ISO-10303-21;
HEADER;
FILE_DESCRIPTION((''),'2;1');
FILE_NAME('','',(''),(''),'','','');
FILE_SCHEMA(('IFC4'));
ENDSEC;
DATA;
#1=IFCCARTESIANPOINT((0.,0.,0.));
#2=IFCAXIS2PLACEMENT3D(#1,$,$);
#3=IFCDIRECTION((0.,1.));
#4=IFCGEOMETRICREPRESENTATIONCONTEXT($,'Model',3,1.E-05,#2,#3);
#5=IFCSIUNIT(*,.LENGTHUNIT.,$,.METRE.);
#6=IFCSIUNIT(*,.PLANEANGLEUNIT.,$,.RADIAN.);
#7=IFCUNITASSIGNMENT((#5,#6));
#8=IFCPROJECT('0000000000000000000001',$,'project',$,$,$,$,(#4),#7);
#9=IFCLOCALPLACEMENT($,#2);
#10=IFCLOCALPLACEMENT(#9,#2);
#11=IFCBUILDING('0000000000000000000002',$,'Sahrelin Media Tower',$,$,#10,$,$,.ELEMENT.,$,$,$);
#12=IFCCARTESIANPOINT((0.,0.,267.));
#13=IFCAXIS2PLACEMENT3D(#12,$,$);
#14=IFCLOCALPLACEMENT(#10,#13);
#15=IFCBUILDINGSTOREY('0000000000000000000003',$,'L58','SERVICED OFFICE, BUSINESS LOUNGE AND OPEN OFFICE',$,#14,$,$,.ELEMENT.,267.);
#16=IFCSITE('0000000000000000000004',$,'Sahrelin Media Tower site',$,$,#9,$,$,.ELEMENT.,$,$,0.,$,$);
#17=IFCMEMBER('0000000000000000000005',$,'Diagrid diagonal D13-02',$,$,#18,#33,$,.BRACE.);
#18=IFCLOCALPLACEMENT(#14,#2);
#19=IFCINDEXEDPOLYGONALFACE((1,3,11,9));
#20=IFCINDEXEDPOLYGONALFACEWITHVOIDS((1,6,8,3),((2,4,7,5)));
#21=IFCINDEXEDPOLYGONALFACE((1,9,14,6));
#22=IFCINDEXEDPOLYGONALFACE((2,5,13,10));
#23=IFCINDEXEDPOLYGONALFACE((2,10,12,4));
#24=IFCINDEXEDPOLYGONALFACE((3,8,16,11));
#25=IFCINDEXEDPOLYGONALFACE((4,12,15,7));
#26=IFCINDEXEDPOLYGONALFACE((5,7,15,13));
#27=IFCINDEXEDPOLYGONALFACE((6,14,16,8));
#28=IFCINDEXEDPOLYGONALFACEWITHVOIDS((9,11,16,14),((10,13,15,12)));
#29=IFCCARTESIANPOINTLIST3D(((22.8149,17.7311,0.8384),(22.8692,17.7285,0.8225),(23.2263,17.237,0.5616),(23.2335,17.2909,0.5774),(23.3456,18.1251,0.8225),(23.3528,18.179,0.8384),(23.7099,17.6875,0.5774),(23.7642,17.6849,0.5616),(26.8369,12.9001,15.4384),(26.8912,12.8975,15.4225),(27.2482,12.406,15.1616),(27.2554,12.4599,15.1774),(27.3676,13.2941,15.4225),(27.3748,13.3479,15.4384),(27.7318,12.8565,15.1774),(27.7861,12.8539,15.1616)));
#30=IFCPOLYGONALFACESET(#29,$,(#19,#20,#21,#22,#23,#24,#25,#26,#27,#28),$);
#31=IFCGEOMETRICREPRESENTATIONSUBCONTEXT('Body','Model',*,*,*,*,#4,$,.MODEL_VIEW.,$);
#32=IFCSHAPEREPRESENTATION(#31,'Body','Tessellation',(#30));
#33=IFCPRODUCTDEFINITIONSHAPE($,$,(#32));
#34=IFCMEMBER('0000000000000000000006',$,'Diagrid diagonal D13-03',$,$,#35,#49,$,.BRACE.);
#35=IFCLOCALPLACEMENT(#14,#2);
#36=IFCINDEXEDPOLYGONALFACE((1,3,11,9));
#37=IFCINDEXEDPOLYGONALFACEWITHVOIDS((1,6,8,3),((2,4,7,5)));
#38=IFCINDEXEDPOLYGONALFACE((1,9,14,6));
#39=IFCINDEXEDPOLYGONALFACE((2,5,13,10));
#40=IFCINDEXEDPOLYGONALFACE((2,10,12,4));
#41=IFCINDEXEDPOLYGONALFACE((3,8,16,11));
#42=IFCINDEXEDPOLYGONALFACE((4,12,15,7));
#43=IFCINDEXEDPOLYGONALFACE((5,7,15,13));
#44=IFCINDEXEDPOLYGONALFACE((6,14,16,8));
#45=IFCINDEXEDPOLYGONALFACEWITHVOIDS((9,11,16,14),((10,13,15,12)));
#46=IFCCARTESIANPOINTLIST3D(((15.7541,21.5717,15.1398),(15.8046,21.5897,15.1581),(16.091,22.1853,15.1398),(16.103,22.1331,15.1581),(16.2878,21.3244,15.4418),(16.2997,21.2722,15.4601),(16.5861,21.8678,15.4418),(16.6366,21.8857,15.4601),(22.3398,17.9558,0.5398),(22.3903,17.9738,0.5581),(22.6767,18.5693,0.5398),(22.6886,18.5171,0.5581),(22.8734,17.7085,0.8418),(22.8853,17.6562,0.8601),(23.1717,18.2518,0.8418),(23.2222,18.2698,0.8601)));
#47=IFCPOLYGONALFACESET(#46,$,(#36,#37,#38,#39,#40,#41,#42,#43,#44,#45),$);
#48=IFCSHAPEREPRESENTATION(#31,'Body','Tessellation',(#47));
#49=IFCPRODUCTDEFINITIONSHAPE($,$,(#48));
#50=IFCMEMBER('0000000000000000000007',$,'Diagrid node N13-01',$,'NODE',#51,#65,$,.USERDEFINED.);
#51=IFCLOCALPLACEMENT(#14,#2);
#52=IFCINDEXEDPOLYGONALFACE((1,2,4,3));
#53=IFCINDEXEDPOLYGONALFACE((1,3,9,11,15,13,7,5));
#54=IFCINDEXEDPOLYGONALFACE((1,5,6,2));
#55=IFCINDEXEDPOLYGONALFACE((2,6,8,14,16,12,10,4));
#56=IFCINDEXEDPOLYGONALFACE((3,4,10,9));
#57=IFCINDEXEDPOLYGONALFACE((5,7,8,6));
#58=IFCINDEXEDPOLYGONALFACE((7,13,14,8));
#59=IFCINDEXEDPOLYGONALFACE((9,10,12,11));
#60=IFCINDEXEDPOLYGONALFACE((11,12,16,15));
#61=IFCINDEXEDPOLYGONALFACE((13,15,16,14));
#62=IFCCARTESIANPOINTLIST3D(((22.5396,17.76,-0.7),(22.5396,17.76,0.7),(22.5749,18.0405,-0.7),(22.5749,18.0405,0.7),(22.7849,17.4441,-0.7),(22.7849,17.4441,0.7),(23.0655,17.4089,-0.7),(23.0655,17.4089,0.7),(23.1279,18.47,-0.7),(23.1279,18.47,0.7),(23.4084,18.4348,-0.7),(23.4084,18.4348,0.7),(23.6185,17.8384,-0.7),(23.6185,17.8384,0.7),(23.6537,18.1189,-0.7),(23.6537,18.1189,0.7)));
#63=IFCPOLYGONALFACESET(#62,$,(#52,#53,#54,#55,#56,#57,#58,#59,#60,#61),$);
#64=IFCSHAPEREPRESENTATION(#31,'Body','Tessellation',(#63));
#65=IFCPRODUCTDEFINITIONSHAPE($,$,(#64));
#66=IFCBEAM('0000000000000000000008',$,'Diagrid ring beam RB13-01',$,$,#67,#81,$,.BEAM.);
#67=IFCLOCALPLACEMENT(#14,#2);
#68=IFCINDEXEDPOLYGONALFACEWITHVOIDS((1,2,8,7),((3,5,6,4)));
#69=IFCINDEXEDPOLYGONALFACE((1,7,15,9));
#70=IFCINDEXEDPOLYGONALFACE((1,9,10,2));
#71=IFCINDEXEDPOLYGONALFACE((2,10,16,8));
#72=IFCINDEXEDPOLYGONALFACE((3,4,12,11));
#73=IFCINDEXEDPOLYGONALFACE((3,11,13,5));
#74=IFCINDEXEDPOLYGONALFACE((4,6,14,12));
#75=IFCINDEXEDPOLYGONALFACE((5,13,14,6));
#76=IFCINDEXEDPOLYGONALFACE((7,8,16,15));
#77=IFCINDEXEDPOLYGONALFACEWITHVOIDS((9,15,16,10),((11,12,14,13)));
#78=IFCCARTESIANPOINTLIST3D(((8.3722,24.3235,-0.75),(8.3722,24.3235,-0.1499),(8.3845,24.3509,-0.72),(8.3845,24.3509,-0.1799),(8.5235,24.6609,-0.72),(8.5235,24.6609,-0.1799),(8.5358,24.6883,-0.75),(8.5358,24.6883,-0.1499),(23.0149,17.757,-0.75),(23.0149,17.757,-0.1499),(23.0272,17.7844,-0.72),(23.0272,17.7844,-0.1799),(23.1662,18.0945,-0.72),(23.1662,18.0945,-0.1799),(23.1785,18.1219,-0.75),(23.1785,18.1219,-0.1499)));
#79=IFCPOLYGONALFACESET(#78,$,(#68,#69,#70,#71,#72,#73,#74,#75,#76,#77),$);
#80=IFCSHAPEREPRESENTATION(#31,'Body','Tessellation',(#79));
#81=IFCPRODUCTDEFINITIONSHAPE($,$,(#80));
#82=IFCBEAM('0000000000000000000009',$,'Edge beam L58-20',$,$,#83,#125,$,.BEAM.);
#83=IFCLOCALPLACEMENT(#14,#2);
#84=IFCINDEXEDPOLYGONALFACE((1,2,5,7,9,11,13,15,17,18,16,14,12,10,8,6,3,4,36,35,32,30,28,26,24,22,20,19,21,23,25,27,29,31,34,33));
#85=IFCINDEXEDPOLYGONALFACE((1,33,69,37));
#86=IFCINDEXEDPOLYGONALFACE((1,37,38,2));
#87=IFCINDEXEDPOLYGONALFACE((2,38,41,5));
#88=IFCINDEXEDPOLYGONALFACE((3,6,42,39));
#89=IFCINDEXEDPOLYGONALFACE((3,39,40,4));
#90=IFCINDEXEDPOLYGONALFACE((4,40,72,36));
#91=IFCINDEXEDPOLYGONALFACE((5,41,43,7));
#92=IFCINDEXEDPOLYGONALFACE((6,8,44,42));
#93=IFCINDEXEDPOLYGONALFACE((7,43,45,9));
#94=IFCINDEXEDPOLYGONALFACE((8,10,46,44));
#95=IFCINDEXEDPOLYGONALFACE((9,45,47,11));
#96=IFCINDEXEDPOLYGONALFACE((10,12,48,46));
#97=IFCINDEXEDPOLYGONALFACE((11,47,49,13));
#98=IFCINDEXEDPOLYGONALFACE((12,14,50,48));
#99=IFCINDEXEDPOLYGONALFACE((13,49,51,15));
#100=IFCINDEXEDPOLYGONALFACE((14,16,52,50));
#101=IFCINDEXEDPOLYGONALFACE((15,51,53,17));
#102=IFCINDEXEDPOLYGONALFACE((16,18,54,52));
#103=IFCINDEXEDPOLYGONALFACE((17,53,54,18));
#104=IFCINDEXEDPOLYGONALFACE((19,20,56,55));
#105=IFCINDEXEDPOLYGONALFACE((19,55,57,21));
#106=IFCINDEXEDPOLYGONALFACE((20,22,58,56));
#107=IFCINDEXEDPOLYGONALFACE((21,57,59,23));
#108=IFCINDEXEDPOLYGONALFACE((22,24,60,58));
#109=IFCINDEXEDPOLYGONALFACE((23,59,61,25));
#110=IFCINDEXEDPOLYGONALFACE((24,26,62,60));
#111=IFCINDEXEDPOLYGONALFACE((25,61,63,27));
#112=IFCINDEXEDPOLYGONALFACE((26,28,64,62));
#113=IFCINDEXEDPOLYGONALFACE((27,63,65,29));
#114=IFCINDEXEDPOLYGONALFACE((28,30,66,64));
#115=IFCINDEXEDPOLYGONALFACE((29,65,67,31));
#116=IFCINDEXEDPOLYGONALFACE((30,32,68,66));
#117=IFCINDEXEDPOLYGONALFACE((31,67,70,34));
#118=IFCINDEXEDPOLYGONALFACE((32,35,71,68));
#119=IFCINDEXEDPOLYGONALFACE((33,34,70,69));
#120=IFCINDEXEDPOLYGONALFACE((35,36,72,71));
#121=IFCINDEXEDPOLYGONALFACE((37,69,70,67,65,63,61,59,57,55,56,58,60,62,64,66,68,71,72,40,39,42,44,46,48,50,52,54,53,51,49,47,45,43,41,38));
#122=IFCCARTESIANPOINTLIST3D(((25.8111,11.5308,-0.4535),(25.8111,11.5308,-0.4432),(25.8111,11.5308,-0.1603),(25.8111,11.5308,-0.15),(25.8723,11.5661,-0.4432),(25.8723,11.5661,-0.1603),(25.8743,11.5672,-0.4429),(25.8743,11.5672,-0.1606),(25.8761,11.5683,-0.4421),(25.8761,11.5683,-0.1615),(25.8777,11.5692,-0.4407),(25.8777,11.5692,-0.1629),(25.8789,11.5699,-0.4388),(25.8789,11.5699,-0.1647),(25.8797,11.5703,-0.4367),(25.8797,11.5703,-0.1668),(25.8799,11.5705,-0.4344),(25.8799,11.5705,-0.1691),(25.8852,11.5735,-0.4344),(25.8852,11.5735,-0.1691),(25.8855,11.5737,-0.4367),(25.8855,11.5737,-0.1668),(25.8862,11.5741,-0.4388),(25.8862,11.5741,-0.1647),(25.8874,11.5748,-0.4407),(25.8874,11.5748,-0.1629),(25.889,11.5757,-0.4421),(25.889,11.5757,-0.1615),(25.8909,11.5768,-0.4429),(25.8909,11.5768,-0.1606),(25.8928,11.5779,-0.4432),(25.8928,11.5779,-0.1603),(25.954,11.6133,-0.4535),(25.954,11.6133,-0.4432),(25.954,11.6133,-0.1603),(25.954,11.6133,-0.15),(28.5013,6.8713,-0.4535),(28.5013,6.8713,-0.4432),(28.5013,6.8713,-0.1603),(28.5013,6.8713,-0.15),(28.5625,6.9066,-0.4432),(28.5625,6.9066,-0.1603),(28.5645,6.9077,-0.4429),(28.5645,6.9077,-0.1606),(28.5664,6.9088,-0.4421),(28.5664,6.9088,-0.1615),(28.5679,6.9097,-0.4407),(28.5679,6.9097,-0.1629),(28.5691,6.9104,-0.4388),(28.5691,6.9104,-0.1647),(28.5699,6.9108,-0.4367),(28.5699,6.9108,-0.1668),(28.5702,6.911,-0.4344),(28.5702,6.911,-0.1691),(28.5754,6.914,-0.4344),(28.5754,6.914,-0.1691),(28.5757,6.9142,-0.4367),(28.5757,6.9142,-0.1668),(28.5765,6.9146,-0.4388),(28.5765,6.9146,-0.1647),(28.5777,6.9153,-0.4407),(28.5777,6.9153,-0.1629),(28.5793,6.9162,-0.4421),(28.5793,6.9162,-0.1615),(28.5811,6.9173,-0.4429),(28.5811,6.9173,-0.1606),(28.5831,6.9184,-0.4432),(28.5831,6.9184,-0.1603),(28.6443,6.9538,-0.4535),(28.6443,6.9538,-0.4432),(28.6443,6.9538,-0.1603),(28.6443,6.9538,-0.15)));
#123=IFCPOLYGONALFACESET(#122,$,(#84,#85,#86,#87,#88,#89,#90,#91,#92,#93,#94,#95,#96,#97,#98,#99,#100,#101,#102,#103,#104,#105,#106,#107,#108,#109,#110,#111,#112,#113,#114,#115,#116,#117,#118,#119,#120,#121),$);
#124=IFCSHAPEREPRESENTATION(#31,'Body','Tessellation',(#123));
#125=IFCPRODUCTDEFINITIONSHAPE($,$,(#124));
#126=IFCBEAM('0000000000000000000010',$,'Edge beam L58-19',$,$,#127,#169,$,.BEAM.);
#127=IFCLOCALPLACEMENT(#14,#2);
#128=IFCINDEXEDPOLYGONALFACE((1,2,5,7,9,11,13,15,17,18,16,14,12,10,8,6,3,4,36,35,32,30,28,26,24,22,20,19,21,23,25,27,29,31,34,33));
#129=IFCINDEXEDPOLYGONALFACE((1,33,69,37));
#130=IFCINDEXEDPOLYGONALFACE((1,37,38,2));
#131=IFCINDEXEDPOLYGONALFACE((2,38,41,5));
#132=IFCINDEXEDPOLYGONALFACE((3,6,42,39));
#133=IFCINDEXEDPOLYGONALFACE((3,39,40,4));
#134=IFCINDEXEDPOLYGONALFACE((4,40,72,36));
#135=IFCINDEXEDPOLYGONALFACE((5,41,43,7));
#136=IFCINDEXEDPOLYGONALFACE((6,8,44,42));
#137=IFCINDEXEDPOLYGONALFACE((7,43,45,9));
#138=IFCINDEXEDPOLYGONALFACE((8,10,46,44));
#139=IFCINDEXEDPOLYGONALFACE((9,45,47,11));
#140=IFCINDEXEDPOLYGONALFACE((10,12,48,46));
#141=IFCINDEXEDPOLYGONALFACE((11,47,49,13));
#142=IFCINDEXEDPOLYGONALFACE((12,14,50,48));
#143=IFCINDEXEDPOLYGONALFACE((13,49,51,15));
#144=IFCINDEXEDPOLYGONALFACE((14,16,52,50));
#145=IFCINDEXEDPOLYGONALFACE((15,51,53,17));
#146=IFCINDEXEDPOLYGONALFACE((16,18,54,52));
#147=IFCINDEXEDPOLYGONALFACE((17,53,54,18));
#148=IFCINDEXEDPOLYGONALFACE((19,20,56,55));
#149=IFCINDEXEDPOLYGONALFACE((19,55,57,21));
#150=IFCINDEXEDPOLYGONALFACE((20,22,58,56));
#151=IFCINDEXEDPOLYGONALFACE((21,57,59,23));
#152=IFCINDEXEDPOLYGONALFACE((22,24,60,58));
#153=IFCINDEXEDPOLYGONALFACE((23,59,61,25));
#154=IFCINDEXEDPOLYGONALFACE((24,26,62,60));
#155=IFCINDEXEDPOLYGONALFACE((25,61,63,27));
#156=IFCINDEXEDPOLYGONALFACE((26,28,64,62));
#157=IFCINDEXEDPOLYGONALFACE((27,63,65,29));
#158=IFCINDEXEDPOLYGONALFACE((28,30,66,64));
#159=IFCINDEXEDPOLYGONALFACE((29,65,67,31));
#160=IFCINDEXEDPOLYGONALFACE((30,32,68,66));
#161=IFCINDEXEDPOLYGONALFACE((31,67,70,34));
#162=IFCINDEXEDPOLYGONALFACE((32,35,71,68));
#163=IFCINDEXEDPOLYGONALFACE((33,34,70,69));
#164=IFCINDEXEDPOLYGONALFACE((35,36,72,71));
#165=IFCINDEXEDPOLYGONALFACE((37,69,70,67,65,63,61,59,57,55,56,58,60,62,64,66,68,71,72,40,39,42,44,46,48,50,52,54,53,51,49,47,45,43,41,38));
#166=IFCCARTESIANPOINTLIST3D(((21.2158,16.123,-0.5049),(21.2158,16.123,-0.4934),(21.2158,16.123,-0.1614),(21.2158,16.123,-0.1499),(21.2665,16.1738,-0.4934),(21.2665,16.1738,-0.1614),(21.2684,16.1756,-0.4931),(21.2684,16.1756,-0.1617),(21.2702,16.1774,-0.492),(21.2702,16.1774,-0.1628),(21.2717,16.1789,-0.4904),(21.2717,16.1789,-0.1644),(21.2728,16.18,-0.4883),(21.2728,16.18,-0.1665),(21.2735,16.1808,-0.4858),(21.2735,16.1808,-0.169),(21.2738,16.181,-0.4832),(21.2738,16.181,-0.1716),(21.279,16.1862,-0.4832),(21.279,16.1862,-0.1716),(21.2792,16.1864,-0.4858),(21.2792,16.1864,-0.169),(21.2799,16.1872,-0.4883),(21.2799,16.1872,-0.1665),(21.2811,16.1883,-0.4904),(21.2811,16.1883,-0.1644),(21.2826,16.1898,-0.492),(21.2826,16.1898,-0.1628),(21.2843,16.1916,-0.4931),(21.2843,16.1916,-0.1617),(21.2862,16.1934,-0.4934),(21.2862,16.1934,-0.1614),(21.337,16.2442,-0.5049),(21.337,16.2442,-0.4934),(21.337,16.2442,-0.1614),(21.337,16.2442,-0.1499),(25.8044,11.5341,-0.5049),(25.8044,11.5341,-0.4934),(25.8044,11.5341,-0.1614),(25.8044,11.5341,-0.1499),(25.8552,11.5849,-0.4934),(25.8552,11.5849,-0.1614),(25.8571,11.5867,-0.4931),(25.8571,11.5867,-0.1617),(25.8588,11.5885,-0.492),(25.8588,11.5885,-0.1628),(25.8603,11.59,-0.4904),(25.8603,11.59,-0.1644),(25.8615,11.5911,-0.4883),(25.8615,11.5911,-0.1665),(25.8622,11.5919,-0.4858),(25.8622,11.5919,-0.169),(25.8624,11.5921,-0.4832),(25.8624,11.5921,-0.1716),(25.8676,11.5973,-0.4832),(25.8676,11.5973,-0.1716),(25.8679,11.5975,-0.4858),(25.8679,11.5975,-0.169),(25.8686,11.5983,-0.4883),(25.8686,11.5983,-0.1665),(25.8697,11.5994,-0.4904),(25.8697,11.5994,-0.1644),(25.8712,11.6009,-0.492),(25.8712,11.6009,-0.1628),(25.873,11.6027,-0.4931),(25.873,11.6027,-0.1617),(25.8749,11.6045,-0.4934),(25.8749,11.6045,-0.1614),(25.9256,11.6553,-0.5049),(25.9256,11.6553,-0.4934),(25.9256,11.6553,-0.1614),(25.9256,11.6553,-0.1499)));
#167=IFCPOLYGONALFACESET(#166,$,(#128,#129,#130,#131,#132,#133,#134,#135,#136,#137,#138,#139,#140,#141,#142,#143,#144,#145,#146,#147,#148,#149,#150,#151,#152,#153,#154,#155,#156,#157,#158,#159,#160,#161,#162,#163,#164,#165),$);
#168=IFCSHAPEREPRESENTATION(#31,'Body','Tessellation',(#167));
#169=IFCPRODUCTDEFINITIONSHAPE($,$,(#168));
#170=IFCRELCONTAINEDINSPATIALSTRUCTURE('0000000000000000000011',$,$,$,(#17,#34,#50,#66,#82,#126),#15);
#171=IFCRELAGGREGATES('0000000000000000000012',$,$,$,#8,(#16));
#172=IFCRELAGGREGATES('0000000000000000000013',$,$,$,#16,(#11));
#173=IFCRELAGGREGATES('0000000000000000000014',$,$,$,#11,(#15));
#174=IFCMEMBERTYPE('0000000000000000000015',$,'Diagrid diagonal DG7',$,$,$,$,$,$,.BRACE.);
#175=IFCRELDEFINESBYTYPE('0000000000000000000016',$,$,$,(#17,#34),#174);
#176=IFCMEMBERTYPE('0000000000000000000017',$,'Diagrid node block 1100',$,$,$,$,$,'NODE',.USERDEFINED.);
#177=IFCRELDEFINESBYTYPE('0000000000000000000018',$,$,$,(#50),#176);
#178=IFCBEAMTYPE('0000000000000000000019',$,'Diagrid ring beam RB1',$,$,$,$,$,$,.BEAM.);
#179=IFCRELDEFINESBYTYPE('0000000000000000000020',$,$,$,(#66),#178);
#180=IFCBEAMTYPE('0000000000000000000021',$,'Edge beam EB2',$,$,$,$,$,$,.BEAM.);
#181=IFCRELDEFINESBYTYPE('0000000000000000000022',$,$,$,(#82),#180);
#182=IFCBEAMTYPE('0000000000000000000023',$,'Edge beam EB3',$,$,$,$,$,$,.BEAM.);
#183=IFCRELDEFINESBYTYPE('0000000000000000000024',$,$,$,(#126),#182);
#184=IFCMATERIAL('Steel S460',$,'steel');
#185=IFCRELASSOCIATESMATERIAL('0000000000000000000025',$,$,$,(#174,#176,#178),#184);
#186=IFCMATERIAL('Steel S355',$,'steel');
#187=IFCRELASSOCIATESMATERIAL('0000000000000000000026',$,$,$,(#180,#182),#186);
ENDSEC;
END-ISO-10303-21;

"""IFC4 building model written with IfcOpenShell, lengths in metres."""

from ifc_helpers import new_model, si_unit, direction, frame, origin, origin_2d, place, context, subcontext, project, spatial, polyline, hollow_rectangle, i_section, outline, extrude, material, material_profile, profile_set, type_object, element, save


model = new_model("IFC4")

# Units and contexts
model_context = context("Model", 3, precision=1e-05, world=origin(), true_north=direction((0.0, 1.0)))
body_context = subcontext(model_context, "Body", "Model", "MODEL_VIEW")
ifc_project = project(units=[si_unit("LENGTHUNIT", "METRE"), si_unit("PLANEANGLEUNIT", "RADIAN")], contexts=[model_context])

# Site, building, storey
site_placement = place(None, origin())
site = spatial("IfcSite", under=ifc_project, at=site_placement, Name="Sahrelin Media Tower site", CompositionType="ELEMENT", RefElevation=0.0)
building_placement = place(site_placement, origin())
building = spatial("IfcBuilding", under=site, at=building_placement, Name="Sahrelin Media Tower", CompositionType="ELEMENT")
storey_placement = place(building_placement, frame((0.0, 0.0, 267.0)))
storey = spatial("IfcBuildingStorey", under=building, at=storey_placement, Name="L58", Description="SERVICED OFFICE, BUSINESS LOUNGE AND OPEN OFFICE", CompositionType="ELEMENT", Elevation=267.0)

# Members
ifc_material_1 = material(Name="Steel S460", Category="steel")
ifc_material_profile_1 = material_profile(ifc_material_1, hollow_rectangle(XDim=0.7, YDim=0.7, WallThickness=0.04, at=origin_2d()), Name="Diagrid diagonal DG7")
ifc_profile_set_1 = profile_set([ifc_material_profile_1], Name="Steel S460")
member_type_1 = type_object("IfcMemberType", Name="Diagrid diagonal DG7", PredefinedType="BRACE", material=ifc_profile_set_1)
member_1_placement = place(storey_placement, frame((23.2896, 17.708, 0.7), z_axis=(0.25302, -0.303919, 0.918485), x_axis=(0.768527, 0.639818, 0.0)))
element("IfcMember", 1, at=member_1_placement, inside=storey, type_object=member_type_1, Name="Diagrid diagonal D13-02", PredefinedType="BRACE", context=body_context, shape_type="SweptSolid", body=[
    extrude(hollow_rectangle(XDim=0.7, YDim=0.7, WallThickness=0.04, at=origin_2d()), origin(), (0.0, 0.0, 1.0), 15.8958),
])
member_2_placement = place(storey_placement, frame((22.781, 18.1128, 0.7), z_axis=(-0.401083, 0.22022, 0.889177), x_axis=(-0.481289, -0.876562, 0.0)))
element("IfcMember", 2, at=member_2_placement, inside=storey, type_object=member_type_1, Name="Diagrid diagonal D13-03", PredefinedType="BRACE", context=body_context, shape_type="SweptSolid", body=[
    extrude(hollow_rectangle(XDim=0.7, YDim=0.7, WallThickness=0.04, at=origin_2d()), origin(), (0.0, 0.0, 1.0), 16.4197),
])
ifc_material_profile_2 = material_profile(ifc_material_1, outline(polyline([(0.3501, -0.3999), (0.55, -0.2), (0.55, 0.2), (0.3501, 0.3999), (-0.3501, 0.3999), (-0.55, 0.2), (-0.55, -0.2), (-0.3501, -0.3999), (0.3501, -0.3999)])), Name="Diagrid node block 1100")
ifc_profile_set_2 = profile_set([ifc_material_profile_2], Name="Steel S460")
member_type_2 = type_object("IfcMemberType", Name="Diagrid node block 1100", ElementType="NODE", PredefinedType="USERDEFINED", material=ifc_profile_set_2)
member_3_placement = place(storey_placement, frame((23.0967, 17.9395, -0.7), z_axis=(0.0, 0.0, 1.0), x_axis=(0.78976, 0.613416, 0.0)))
element("IfcMember", 3, at=member_3_placement, inside=storey, type_object=member_type_2, Name="Diagrid node N13-01", ObjectType="NODE", PredefinedType="USERDEFINED", context=body_context, shape_type="SweptSolid", body=[
    extrude(outline(polyline([(0.3501, -0.3999), (0.55, -0.2), (0.55, 0.2), (0.3501, 0.3999), (-0.3501, 0.3999), (-0.55, 0.2), (-0.55, -0.2), (-0.3501, -0.3999), (0.3501, -0.3999)])), origin(), (0.0, 0.0, 1.0), 1.3999),
])

# Beams
ifc_material_profile_3 = material_profile(ifc_material_1, hollow_rectangle(XDim=0.3999, YDim=0.6001, WallThickness=0.03, at=origin_2d()), Name="Diagrid ring beam RB1")
ifc_profile_set_3 = profile_set([ifc_material_profile_3], Name="Steel S460")
beam_type_1 = type_object("IfcBeamType", Name="Diagrid ring beam RB1", PredefinedType="BEAM", material=ifc_profile_set_3)
beam_1_placement = place(storey_placement, frame((23.0967, 17.9395, -0.45), z_axis=(-0.912451, 0.409185, 0.0), x_axis=(-0.409185, -0.912451, 0.0)))
element("IfcBeam", 4, at=beam_1_placement, inside=storey, type_object=beam_type_1, Name="Diagrid ring beam RB13-01", PredefinedType="BEAM", context=body_context, shape_type="SweptSolid", body=[
    extrude(hollow_rectangle(XDim=0.3999, YDim=0.6001, WallThickness=0.03, at=origin_2d()), origin(), (0.0, 0.0, 1.0), 16.0476),
])
ifc_material_2 = material(Name="Steel S355", Category="steel")
ifc_material_profile_4 = material_profile(ifc_material_2, i_section(OverallWidth=0.165, OverallDepth=0.3035, WebThickness=0.0061, FlangeThickness=0.0103, FilletRadius=0.0088, at=origin_2d()), Name="UB 305x165x40")
ifc_profile_set_4 = profile_set([ifc_material_profile_4], Name="Steel S355")
beam_type_2 = type_object("IfcBeamType", Name="Edge beam EB2", PredefinedType="BEAM", material=ifc_profile_set_4)
beam_2_placement = place(storey_placement, frame((25.8826, 11.572, -0.3018), z_axis=(0.500009, -0.86602, 0.0), x_axis=(0.86602, 0.500009, 0.0)))
element("IfcBeam", 5, at=beam_2_placement, inside=storey, type_object=beam_type_2, Name="Edge beam L58-20", PredefinedType="BEAM", context=body_context, shape_type="SweptSolid", body=[
    extrude(i_section(OverallWidth=0.165, OverallDepth=0.3035, WebThickness=0.0061, FlangeThickness=0.0103, FilletRadius=0.0088, at=origin_2d()), origin(), (0.0, 0.0, 1.0), 5.3804),
])
ifc_material_profile_5 = material_profile(ifc_material_2, i_section(OverallWidth=0.1714, OverallDepth=0.355, WebThickness=0.0073, FlangeThickness=0.0115, FilletRadius=0.0103, at=origin_2d()), Name="UB 356x171x51")
ifc_profile_set_5 = profile_set([ifc_material_profile_5], Name="Steel S355")
beam_type_3 = type_object("IfcBeamType", Name="Edge beam EB3", PredefinedType="BEAM", material=ifc_profile_set_5)
beam_3_placement = place(storey_placement, frame((21.2764, 16.1836, -0.3274), z_axis=(0.707088, -0.707126, 0.0), x_axis=(0.707126, 0.707088, 0.0)))
element("IfcBeam", 6, at=beam_3_placement, inside=storey, type_object=beam_type_3, Name="Edge beam L58-19", PredefinedType="BEAM", context=body_context, shape_type="SweptSolid", body=[
    extrude(i_section(OverallWidth=0.1714, OverallDepth=0.355, WebThickness=0.0073, FlangeThickness=0.0115, FilletRadius=0.0103, at=origin_2d()), origin(), (0.0, 0.0, 1.0), 6.4895),
])

save(model, "model.ifc")
